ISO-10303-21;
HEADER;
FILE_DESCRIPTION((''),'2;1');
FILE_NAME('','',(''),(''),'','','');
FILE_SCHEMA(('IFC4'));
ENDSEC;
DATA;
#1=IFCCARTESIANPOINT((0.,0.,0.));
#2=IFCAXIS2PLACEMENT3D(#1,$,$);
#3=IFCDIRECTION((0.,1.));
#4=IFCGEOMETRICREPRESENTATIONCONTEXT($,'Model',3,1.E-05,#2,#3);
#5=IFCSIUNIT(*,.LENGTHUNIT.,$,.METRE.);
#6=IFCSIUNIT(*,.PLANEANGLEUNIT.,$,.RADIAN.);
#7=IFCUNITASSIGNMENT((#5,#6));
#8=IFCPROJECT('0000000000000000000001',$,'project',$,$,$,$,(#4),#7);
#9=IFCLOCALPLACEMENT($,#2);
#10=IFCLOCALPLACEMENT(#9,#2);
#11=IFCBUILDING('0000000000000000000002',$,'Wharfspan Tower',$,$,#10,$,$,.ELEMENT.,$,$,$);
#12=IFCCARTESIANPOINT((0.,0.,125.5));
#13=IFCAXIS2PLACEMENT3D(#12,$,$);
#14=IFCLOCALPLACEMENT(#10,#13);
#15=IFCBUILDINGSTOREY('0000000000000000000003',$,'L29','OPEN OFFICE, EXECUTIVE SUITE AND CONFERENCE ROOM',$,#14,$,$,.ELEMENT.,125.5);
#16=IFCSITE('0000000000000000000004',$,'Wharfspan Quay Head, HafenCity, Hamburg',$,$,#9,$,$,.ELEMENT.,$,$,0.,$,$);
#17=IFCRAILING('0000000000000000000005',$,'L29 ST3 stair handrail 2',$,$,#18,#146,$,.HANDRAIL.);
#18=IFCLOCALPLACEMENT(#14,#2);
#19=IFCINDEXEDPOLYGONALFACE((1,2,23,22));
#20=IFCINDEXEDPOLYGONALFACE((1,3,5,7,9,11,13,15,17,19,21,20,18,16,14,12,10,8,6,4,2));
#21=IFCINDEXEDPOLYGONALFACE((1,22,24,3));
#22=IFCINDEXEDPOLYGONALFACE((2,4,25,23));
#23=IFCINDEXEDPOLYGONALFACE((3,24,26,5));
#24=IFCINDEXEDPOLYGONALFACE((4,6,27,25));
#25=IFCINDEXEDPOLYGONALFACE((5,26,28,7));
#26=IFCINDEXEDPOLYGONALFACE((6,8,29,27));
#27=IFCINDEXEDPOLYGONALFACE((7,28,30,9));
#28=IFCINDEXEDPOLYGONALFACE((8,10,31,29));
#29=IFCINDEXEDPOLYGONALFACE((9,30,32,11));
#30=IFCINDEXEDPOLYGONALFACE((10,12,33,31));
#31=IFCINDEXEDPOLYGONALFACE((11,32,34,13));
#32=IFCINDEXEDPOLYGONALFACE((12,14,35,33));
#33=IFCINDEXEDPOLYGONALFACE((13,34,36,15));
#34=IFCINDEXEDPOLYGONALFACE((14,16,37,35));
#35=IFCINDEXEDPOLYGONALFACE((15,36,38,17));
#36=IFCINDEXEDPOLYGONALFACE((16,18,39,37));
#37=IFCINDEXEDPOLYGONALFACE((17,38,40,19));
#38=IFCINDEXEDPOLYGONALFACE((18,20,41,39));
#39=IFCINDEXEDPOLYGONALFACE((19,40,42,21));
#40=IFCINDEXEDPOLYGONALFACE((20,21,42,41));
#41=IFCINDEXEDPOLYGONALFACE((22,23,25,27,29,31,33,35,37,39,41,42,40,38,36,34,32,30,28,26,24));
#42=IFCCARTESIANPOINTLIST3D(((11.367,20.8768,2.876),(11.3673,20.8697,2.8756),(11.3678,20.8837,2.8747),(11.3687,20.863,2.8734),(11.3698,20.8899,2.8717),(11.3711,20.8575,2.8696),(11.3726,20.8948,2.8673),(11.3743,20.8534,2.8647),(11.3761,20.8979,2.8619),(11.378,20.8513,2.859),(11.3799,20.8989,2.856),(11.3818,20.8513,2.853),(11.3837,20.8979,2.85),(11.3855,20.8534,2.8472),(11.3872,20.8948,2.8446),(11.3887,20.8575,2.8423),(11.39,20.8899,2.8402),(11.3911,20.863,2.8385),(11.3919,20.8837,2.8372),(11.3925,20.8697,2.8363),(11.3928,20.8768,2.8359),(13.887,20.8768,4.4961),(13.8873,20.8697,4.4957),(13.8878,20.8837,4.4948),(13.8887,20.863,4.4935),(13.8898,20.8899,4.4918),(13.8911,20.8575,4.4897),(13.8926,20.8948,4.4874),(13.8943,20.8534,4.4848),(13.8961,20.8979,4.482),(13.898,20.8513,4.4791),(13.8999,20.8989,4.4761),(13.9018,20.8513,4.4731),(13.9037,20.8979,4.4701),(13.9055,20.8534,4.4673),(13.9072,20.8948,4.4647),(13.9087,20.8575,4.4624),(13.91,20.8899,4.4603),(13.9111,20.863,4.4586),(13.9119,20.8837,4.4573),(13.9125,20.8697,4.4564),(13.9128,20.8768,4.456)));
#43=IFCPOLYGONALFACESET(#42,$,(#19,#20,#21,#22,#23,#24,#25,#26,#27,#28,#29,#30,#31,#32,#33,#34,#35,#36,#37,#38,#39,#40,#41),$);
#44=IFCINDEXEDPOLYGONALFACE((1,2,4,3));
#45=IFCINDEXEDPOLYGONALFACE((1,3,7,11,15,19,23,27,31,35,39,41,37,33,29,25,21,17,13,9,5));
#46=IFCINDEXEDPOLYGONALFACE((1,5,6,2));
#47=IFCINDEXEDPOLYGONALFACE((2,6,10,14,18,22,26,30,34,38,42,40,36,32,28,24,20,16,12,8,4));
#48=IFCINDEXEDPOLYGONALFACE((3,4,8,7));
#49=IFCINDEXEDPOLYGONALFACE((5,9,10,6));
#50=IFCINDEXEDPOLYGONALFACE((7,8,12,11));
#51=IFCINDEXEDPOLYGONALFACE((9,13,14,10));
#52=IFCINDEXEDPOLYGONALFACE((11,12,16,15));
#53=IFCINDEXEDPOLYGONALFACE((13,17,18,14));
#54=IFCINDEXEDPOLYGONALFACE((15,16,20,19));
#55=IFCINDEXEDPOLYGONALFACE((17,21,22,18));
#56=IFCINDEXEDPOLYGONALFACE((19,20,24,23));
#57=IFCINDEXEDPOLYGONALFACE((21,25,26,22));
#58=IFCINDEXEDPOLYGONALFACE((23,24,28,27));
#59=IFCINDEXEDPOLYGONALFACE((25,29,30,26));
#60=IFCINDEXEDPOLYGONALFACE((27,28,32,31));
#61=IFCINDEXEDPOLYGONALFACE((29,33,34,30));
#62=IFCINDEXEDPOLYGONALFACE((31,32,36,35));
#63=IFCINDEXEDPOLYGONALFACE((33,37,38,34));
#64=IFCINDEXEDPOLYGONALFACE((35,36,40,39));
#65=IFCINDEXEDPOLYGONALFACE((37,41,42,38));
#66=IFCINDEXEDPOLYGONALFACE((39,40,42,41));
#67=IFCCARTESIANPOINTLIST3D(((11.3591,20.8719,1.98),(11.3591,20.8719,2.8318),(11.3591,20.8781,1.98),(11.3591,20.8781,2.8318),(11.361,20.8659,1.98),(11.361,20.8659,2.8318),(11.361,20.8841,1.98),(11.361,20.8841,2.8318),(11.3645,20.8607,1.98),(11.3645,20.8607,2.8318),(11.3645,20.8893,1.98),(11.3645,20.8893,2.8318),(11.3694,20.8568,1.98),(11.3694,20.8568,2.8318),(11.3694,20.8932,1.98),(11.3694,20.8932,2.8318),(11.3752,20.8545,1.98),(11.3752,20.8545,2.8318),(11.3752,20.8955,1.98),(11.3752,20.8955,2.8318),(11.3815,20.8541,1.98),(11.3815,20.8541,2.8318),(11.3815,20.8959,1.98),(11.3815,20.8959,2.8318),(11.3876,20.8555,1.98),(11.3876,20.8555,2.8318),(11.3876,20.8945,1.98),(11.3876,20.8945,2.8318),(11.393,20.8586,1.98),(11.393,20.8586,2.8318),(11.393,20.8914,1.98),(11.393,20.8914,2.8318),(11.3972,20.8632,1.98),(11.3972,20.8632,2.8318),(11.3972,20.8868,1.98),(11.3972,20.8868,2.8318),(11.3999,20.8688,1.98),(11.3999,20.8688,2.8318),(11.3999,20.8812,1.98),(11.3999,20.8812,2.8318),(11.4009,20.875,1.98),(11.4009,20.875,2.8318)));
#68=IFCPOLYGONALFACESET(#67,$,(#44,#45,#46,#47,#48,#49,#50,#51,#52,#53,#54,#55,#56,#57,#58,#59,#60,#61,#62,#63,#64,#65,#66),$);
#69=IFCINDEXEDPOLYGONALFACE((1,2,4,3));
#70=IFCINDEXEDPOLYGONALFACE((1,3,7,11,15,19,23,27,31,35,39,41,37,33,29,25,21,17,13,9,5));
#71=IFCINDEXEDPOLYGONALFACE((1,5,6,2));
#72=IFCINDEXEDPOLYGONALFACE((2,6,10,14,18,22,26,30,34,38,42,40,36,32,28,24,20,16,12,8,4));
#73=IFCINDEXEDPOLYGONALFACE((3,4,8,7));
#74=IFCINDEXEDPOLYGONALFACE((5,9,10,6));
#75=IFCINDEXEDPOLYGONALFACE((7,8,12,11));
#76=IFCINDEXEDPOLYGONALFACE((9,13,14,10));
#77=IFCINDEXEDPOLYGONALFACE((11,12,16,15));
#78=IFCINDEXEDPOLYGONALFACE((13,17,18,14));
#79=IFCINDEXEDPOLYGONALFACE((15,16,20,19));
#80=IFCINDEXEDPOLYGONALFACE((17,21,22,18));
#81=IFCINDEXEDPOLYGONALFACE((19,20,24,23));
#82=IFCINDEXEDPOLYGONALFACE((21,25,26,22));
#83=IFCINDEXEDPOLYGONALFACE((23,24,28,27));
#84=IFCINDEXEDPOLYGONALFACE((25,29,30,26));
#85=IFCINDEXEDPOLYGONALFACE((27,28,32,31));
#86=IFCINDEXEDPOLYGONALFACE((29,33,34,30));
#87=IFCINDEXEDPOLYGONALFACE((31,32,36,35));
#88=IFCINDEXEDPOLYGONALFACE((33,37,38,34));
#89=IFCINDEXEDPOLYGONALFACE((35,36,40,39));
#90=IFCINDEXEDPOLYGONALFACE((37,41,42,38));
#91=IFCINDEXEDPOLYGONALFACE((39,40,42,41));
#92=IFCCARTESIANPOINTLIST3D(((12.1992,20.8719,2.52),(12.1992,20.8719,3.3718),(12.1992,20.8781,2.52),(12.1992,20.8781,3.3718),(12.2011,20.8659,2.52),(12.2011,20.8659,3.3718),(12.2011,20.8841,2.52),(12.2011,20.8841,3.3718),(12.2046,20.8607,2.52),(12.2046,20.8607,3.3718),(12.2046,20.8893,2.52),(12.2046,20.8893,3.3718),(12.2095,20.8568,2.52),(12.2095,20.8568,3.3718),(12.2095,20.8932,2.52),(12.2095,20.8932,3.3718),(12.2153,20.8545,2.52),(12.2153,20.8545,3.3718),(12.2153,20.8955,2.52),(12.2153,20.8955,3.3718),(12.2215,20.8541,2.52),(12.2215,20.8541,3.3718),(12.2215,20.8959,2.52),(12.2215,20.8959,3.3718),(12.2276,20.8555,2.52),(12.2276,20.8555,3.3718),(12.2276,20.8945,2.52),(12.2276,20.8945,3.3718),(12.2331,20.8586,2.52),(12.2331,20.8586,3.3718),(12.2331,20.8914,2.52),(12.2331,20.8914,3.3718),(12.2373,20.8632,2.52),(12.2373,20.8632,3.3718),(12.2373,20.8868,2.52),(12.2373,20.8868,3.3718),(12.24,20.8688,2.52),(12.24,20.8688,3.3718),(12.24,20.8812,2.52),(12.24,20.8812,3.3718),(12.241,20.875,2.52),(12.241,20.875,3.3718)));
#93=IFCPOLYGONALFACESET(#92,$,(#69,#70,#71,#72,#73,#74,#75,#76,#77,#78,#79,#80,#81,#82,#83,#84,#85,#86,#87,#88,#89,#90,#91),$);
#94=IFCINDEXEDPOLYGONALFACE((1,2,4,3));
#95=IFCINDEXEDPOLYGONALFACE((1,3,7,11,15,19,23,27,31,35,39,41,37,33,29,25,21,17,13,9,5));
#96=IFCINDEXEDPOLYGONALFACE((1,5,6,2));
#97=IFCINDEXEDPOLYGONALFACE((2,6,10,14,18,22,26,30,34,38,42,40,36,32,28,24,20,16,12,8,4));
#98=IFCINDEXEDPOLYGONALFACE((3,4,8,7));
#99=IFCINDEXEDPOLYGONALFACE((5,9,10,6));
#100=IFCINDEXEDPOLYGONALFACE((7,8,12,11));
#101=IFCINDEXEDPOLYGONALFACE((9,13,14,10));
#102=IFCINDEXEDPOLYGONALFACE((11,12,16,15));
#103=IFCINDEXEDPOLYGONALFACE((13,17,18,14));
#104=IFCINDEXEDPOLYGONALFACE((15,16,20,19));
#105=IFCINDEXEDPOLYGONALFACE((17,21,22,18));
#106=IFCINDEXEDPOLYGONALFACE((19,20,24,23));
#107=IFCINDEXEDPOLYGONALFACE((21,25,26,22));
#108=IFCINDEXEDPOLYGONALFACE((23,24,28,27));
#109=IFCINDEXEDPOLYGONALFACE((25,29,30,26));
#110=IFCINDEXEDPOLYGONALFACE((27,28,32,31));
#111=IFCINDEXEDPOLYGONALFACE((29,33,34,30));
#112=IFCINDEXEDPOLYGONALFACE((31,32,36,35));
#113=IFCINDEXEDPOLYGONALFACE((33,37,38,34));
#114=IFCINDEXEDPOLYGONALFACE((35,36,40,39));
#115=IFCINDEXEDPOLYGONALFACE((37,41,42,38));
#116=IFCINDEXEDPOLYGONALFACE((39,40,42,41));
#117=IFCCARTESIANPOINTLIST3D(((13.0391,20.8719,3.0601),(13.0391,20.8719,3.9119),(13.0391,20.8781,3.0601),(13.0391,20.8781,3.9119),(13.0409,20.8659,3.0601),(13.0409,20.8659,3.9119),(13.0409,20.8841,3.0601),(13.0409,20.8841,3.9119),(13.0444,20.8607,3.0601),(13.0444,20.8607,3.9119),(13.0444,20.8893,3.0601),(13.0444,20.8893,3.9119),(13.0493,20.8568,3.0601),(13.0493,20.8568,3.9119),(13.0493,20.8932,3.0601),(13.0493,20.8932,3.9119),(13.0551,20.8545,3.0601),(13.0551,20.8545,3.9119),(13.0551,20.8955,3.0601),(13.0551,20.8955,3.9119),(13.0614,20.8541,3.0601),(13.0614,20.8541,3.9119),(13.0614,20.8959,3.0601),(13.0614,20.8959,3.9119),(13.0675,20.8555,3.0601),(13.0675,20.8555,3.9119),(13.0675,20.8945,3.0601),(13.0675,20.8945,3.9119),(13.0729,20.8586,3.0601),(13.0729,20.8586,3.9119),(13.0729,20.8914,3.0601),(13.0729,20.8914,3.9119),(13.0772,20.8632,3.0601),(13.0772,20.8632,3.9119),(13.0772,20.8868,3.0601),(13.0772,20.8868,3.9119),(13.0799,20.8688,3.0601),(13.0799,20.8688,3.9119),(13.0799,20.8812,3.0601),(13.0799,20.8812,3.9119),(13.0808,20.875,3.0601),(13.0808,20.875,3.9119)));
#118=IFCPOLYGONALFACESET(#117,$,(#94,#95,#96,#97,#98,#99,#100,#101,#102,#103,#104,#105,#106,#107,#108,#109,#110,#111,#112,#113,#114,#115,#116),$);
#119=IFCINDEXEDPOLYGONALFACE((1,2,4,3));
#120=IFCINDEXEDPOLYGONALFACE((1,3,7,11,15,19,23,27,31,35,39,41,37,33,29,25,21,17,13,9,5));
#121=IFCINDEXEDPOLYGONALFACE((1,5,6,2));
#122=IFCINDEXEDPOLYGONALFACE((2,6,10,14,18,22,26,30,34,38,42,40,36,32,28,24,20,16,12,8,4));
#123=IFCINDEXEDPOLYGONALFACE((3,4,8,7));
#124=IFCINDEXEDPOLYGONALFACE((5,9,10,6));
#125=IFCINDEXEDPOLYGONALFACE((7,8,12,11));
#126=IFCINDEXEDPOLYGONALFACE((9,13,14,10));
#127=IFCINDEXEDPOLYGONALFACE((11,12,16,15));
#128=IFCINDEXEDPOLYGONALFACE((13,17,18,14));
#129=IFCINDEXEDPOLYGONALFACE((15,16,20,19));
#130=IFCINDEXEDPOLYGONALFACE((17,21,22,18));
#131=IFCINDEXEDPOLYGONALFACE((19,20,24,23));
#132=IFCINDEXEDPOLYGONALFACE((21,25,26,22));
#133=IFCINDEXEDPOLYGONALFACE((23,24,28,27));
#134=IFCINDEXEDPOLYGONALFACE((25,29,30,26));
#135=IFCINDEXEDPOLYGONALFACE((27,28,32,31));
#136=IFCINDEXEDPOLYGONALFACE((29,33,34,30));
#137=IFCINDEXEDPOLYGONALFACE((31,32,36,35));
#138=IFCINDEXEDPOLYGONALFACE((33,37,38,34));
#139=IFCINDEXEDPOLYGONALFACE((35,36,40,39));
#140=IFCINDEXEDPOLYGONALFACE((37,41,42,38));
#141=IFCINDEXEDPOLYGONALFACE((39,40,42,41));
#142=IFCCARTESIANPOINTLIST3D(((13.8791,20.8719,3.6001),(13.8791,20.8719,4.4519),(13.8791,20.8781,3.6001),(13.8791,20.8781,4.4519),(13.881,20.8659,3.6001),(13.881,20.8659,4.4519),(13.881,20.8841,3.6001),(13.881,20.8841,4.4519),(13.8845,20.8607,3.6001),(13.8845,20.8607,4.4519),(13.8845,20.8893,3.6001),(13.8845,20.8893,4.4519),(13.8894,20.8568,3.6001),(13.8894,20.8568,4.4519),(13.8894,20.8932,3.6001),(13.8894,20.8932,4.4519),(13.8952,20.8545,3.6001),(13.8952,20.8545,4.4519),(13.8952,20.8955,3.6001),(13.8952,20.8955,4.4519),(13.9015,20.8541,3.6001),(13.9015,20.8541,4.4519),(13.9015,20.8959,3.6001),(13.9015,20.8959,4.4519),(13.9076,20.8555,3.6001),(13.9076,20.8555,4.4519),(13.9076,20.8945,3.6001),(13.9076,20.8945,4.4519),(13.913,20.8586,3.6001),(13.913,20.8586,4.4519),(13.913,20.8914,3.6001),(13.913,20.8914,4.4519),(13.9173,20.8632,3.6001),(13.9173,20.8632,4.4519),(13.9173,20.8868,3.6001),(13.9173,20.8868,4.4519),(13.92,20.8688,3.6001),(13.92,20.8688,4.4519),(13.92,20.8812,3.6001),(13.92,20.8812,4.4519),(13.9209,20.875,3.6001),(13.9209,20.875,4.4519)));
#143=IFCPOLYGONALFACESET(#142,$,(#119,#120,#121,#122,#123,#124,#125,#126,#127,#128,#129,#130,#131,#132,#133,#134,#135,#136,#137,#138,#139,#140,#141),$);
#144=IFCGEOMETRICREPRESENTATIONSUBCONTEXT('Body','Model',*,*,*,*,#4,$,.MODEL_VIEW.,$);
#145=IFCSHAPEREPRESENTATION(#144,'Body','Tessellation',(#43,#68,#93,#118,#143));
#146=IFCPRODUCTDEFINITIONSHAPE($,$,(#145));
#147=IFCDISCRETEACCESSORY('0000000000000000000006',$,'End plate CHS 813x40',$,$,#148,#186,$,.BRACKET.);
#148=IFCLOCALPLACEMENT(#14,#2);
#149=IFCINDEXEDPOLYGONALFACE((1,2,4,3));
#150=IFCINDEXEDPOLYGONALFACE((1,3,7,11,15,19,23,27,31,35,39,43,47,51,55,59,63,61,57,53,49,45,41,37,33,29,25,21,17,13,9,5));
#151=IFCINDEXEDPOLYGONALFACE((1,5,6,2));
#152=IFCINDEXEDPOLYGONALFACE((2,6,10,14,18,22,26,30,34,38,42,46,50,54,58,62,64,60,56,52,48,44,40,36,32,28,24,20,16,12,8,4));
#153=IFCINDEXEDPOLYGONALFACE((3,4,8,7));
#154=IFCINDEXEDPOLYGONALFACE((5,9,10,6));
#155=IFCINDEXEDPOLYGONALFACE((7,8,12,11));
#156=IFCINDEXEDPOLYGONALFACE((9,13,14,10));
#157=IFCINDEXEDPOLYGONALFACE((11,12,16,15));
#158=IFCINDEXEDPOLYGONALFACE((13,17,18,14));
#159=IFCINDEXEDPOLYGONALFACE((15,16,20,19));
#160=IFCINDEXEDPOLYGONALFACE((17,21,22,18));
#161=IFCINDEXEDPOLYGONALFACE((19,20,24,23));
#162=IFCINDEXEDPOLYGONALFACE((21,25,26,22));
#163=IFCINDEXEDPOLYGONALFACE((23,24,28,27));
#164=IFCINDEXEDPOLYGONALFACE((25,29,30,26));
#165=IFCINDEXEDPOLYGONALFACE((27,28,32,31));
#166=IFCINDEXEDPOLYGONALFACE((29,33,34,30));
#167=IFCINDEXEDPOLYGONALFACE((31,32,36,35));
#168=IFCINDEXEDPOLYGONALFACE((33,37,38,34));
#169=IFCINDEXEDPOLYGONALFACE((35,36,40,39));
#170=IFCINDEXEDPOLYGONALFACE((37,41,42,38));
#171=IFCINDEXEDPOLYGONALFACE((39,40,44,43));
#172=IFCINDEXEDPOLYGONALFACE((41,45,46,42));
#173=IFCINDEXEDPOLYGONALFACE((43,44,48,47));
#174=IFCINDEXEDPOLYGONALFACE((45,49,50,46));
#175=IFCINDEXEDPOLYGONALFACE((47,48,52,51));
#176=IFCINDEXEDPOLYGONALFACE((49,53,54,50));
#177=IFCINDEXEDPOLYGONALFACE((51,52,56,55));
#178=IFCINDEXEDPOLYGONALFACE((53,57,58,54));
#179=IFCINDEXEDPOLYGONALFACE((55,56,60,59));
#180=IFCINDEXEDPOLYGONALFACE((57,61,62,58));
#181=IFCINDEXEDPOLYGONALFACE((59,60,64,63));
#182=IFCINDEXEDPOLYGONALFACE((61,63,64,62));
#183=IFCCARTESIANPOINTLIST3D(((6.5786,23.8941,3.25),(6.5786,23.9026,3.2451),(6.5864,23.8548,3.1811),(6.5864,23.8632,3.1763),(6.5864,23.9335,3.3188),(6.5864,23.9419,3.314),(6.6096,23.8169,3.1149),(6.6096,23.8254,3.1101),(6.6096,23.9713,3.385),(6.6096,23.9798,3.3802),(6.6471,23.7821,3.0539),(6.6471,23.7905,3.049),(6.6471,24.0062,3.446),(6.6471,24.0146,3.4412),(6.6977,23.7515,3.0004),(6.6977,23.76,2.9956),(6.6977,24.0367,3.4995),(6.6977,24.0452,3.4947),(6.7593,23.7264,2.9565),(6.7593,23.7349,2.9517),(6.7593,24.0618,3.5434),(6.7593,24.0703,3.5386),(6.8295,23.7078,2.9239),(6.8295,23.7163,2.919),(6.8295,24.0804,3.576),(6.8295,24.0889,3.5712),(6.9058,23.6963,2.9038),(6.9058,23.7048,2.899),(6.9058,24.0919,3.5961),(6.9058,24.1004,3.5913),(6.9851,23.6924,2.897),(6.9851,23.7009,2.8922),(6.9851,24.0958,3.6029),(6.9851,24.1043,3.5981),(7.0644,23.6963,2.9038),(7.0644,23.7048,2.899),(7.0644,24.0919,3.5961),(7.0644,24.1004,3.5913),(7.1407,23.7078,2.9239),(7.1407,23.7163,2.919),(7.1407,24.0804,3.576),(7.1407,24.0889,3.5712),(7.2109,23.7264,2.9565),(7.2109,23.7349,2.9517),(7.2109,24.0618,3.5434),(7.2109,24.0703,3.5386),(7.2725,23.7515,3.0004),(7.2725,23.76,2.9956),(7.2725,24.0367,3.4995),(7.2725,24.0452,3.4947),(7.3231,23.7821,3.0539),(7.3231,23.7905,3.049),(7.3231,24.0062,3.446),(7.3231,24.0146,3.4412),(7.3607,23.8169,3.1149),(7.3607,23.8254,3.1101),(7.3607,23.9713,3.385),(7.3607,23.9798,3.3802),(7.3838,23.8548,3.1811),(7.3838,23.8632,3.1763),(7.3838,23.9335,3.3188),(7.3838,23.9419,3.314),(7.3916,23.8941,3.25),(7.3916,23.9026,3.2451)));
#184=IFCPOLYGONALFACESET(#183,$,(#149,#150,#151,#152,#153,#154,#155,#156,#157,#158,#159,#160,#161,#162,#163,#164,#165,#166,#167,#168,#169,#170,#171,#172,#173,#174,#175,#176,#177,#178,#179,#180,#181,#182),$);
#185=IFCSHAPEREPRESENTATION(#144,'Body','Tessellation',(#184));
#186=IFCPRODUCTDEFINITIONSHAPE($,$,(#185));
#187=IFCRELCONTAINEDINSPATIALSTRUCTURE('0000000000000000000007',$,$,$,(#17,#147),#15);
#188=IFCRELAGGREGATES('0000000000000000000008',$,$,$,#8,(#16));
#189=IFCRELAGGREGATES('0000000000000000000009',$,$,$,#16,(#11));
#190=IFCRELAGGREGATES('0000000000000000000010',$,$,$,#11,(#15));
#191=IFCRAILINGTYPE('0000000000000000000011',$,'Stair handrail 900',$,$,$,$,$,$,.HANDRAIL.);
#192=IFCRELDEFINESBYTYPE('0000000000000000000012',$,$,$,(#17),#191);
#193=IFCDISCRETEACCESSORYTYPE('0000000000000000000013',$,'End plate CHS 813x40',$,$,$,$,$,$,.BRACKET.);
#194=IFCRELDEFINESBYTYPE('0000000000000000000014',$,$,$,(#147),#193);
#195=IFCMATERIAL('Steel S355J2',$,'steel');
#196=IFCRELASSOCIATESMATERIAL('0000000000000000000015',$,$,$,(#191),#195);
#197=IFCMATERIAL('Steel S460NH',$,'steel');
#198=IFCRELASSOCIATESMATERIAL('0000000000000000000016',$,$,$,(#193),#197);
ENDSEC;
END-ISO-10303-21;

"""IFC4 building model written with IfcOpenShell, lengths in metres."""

from ifc_helpers import new_model, si_unit, direction, frame, origin, origin_2d, place, context, subcontext, project, spatial, circle, extrude, material, material_profile, profile_set, type_object, element, save


model = new_model("IFC4")

# Units and contexts
model_context = context("Model", 3, precision=1e-05, world=origin(), true_north=direction((0.0, 1.0)))
body_context = subcontext(model_context, "Body", "Model", "MODEL_VIEW")
ifc_project = project(units=[si_unit("LENGTHUNIT", "METRE"), si_unit("PLANEANGLEUNIT", "RADIAN")], contexts=[model_context])

# Site, building, storey
site_placement = place(None, origin())
site = spatial("IfcSite", under=ifc_project, at=site_placement, Name="Wharfspan Quay Head, HafenCity, Hamburg", CompositionType="ELEMENT", RefElevation=0.0)
building_placement = place(site_placement, origin())
building = spatial("IfcBuilding", under=site, at=building_placement, Name="Wharfspan Tower", CompositionType="ELEMENT")
storey_placement = place(building_placement, frame((0.0, 0.0, 125.5)))
storey = spatial("IfcBuildingStorey", under=building, at=storey_placement, Name="L29", Description="OPEN OFFICE, EXECUTIVE SUITE AND CONFERENCE ROOM", CompositionType="ELEMENT", Elevation=125.5)

# Shared definitions
ifc_material_1 = material(Name="Steel S355J2", Category="steel")

# Shared definitions
ifc_material_2 = material(Name="Steel S460NH", Category="steel")

# Railing
railing_type_1 = type_object("IfcRailingType", Name="Stair handrail 900", PredefinedType="HANDRAIL", material=ifc_material_1)
railing_1_placement = place(storey_placement, frame((11.3799, 20.875, 1.98)))
element("IfcRailing", 1, at=railing_1_placement, inside=storey, type_object=railing_type_1, Name="L29 ST3 stair handrail 2", PredefinedType="HANDRAIL", context=body_context, shape_type="SweptSolid", body=[
    extrude(circle(Radius=0.0239, at=origin_2d()), frame((0.0, 0.0, 0.876), z_axis=(0.841163, 0.0, 0.540782), x_axis=(0.0, 1.0, 0.0)), (0.0, 0.0, 1.0), 2.9958),
    extrude(circle(Radius=0.021, at=origin_2d()), origin(), (0.0, 0.0, 1.0), 0.8518),
    extrude(circle(Radius=0.021, at=origin_2d()), frame((0.8401, 0.0, 0.54)), (0.0, 0.0, 1.0), 0.8518),
    extrude(circle(Radius=0.021, at=origin_2d()), frame((1.6799, 0.0, 1.0801)), (0.0, 0.0, 1.0), 0.8518),
    extrude(circle(Radius=0.021, at=origin_2d()), frame((2.52, 0.0, 1.6201)), (0.0, 0.0, 1.0), 0.8518),
])

# Discrete accessory
ifc_material_profile_1 = material_profile(ifc_material_2, circle(Radius=0.4065, at=origin_2d()))
ifc_profile_set_1 = profile_set([ifc_material_profile_1], Name="Steel S460NH")
discrete_accessory_type = type_object("IfcDiscreteAccessoryType", Name="End plate CHS 813x40", PredefinedType="BRACKET", material=ifc_profile_set_1)
for number, where, z_axis, x_axis, name in (
    (2, (6.9851, 23.9026, 3.2451), (0.0, -0.868243, 0.496139), (1.0, 0.0, 0.0), "End plate CHS 813x40"),
):
    element("IfcDiscreteAccessory", number, at=place(storey_placement, frame(where, z_axis=z_axis, x_axis=x_axis)), inside=storey, type_object=discrete_accessory_type, Name=name, PredefinedType="BRACKET", context=body_context, shape_type="SweptSolid", body=[
        extrude(circle(Radius=0.4065, at=origin_2d()), origin(), (0.0, 0.0, 1.0), 0.0098),
    ])

save(model, "model.ifc")
